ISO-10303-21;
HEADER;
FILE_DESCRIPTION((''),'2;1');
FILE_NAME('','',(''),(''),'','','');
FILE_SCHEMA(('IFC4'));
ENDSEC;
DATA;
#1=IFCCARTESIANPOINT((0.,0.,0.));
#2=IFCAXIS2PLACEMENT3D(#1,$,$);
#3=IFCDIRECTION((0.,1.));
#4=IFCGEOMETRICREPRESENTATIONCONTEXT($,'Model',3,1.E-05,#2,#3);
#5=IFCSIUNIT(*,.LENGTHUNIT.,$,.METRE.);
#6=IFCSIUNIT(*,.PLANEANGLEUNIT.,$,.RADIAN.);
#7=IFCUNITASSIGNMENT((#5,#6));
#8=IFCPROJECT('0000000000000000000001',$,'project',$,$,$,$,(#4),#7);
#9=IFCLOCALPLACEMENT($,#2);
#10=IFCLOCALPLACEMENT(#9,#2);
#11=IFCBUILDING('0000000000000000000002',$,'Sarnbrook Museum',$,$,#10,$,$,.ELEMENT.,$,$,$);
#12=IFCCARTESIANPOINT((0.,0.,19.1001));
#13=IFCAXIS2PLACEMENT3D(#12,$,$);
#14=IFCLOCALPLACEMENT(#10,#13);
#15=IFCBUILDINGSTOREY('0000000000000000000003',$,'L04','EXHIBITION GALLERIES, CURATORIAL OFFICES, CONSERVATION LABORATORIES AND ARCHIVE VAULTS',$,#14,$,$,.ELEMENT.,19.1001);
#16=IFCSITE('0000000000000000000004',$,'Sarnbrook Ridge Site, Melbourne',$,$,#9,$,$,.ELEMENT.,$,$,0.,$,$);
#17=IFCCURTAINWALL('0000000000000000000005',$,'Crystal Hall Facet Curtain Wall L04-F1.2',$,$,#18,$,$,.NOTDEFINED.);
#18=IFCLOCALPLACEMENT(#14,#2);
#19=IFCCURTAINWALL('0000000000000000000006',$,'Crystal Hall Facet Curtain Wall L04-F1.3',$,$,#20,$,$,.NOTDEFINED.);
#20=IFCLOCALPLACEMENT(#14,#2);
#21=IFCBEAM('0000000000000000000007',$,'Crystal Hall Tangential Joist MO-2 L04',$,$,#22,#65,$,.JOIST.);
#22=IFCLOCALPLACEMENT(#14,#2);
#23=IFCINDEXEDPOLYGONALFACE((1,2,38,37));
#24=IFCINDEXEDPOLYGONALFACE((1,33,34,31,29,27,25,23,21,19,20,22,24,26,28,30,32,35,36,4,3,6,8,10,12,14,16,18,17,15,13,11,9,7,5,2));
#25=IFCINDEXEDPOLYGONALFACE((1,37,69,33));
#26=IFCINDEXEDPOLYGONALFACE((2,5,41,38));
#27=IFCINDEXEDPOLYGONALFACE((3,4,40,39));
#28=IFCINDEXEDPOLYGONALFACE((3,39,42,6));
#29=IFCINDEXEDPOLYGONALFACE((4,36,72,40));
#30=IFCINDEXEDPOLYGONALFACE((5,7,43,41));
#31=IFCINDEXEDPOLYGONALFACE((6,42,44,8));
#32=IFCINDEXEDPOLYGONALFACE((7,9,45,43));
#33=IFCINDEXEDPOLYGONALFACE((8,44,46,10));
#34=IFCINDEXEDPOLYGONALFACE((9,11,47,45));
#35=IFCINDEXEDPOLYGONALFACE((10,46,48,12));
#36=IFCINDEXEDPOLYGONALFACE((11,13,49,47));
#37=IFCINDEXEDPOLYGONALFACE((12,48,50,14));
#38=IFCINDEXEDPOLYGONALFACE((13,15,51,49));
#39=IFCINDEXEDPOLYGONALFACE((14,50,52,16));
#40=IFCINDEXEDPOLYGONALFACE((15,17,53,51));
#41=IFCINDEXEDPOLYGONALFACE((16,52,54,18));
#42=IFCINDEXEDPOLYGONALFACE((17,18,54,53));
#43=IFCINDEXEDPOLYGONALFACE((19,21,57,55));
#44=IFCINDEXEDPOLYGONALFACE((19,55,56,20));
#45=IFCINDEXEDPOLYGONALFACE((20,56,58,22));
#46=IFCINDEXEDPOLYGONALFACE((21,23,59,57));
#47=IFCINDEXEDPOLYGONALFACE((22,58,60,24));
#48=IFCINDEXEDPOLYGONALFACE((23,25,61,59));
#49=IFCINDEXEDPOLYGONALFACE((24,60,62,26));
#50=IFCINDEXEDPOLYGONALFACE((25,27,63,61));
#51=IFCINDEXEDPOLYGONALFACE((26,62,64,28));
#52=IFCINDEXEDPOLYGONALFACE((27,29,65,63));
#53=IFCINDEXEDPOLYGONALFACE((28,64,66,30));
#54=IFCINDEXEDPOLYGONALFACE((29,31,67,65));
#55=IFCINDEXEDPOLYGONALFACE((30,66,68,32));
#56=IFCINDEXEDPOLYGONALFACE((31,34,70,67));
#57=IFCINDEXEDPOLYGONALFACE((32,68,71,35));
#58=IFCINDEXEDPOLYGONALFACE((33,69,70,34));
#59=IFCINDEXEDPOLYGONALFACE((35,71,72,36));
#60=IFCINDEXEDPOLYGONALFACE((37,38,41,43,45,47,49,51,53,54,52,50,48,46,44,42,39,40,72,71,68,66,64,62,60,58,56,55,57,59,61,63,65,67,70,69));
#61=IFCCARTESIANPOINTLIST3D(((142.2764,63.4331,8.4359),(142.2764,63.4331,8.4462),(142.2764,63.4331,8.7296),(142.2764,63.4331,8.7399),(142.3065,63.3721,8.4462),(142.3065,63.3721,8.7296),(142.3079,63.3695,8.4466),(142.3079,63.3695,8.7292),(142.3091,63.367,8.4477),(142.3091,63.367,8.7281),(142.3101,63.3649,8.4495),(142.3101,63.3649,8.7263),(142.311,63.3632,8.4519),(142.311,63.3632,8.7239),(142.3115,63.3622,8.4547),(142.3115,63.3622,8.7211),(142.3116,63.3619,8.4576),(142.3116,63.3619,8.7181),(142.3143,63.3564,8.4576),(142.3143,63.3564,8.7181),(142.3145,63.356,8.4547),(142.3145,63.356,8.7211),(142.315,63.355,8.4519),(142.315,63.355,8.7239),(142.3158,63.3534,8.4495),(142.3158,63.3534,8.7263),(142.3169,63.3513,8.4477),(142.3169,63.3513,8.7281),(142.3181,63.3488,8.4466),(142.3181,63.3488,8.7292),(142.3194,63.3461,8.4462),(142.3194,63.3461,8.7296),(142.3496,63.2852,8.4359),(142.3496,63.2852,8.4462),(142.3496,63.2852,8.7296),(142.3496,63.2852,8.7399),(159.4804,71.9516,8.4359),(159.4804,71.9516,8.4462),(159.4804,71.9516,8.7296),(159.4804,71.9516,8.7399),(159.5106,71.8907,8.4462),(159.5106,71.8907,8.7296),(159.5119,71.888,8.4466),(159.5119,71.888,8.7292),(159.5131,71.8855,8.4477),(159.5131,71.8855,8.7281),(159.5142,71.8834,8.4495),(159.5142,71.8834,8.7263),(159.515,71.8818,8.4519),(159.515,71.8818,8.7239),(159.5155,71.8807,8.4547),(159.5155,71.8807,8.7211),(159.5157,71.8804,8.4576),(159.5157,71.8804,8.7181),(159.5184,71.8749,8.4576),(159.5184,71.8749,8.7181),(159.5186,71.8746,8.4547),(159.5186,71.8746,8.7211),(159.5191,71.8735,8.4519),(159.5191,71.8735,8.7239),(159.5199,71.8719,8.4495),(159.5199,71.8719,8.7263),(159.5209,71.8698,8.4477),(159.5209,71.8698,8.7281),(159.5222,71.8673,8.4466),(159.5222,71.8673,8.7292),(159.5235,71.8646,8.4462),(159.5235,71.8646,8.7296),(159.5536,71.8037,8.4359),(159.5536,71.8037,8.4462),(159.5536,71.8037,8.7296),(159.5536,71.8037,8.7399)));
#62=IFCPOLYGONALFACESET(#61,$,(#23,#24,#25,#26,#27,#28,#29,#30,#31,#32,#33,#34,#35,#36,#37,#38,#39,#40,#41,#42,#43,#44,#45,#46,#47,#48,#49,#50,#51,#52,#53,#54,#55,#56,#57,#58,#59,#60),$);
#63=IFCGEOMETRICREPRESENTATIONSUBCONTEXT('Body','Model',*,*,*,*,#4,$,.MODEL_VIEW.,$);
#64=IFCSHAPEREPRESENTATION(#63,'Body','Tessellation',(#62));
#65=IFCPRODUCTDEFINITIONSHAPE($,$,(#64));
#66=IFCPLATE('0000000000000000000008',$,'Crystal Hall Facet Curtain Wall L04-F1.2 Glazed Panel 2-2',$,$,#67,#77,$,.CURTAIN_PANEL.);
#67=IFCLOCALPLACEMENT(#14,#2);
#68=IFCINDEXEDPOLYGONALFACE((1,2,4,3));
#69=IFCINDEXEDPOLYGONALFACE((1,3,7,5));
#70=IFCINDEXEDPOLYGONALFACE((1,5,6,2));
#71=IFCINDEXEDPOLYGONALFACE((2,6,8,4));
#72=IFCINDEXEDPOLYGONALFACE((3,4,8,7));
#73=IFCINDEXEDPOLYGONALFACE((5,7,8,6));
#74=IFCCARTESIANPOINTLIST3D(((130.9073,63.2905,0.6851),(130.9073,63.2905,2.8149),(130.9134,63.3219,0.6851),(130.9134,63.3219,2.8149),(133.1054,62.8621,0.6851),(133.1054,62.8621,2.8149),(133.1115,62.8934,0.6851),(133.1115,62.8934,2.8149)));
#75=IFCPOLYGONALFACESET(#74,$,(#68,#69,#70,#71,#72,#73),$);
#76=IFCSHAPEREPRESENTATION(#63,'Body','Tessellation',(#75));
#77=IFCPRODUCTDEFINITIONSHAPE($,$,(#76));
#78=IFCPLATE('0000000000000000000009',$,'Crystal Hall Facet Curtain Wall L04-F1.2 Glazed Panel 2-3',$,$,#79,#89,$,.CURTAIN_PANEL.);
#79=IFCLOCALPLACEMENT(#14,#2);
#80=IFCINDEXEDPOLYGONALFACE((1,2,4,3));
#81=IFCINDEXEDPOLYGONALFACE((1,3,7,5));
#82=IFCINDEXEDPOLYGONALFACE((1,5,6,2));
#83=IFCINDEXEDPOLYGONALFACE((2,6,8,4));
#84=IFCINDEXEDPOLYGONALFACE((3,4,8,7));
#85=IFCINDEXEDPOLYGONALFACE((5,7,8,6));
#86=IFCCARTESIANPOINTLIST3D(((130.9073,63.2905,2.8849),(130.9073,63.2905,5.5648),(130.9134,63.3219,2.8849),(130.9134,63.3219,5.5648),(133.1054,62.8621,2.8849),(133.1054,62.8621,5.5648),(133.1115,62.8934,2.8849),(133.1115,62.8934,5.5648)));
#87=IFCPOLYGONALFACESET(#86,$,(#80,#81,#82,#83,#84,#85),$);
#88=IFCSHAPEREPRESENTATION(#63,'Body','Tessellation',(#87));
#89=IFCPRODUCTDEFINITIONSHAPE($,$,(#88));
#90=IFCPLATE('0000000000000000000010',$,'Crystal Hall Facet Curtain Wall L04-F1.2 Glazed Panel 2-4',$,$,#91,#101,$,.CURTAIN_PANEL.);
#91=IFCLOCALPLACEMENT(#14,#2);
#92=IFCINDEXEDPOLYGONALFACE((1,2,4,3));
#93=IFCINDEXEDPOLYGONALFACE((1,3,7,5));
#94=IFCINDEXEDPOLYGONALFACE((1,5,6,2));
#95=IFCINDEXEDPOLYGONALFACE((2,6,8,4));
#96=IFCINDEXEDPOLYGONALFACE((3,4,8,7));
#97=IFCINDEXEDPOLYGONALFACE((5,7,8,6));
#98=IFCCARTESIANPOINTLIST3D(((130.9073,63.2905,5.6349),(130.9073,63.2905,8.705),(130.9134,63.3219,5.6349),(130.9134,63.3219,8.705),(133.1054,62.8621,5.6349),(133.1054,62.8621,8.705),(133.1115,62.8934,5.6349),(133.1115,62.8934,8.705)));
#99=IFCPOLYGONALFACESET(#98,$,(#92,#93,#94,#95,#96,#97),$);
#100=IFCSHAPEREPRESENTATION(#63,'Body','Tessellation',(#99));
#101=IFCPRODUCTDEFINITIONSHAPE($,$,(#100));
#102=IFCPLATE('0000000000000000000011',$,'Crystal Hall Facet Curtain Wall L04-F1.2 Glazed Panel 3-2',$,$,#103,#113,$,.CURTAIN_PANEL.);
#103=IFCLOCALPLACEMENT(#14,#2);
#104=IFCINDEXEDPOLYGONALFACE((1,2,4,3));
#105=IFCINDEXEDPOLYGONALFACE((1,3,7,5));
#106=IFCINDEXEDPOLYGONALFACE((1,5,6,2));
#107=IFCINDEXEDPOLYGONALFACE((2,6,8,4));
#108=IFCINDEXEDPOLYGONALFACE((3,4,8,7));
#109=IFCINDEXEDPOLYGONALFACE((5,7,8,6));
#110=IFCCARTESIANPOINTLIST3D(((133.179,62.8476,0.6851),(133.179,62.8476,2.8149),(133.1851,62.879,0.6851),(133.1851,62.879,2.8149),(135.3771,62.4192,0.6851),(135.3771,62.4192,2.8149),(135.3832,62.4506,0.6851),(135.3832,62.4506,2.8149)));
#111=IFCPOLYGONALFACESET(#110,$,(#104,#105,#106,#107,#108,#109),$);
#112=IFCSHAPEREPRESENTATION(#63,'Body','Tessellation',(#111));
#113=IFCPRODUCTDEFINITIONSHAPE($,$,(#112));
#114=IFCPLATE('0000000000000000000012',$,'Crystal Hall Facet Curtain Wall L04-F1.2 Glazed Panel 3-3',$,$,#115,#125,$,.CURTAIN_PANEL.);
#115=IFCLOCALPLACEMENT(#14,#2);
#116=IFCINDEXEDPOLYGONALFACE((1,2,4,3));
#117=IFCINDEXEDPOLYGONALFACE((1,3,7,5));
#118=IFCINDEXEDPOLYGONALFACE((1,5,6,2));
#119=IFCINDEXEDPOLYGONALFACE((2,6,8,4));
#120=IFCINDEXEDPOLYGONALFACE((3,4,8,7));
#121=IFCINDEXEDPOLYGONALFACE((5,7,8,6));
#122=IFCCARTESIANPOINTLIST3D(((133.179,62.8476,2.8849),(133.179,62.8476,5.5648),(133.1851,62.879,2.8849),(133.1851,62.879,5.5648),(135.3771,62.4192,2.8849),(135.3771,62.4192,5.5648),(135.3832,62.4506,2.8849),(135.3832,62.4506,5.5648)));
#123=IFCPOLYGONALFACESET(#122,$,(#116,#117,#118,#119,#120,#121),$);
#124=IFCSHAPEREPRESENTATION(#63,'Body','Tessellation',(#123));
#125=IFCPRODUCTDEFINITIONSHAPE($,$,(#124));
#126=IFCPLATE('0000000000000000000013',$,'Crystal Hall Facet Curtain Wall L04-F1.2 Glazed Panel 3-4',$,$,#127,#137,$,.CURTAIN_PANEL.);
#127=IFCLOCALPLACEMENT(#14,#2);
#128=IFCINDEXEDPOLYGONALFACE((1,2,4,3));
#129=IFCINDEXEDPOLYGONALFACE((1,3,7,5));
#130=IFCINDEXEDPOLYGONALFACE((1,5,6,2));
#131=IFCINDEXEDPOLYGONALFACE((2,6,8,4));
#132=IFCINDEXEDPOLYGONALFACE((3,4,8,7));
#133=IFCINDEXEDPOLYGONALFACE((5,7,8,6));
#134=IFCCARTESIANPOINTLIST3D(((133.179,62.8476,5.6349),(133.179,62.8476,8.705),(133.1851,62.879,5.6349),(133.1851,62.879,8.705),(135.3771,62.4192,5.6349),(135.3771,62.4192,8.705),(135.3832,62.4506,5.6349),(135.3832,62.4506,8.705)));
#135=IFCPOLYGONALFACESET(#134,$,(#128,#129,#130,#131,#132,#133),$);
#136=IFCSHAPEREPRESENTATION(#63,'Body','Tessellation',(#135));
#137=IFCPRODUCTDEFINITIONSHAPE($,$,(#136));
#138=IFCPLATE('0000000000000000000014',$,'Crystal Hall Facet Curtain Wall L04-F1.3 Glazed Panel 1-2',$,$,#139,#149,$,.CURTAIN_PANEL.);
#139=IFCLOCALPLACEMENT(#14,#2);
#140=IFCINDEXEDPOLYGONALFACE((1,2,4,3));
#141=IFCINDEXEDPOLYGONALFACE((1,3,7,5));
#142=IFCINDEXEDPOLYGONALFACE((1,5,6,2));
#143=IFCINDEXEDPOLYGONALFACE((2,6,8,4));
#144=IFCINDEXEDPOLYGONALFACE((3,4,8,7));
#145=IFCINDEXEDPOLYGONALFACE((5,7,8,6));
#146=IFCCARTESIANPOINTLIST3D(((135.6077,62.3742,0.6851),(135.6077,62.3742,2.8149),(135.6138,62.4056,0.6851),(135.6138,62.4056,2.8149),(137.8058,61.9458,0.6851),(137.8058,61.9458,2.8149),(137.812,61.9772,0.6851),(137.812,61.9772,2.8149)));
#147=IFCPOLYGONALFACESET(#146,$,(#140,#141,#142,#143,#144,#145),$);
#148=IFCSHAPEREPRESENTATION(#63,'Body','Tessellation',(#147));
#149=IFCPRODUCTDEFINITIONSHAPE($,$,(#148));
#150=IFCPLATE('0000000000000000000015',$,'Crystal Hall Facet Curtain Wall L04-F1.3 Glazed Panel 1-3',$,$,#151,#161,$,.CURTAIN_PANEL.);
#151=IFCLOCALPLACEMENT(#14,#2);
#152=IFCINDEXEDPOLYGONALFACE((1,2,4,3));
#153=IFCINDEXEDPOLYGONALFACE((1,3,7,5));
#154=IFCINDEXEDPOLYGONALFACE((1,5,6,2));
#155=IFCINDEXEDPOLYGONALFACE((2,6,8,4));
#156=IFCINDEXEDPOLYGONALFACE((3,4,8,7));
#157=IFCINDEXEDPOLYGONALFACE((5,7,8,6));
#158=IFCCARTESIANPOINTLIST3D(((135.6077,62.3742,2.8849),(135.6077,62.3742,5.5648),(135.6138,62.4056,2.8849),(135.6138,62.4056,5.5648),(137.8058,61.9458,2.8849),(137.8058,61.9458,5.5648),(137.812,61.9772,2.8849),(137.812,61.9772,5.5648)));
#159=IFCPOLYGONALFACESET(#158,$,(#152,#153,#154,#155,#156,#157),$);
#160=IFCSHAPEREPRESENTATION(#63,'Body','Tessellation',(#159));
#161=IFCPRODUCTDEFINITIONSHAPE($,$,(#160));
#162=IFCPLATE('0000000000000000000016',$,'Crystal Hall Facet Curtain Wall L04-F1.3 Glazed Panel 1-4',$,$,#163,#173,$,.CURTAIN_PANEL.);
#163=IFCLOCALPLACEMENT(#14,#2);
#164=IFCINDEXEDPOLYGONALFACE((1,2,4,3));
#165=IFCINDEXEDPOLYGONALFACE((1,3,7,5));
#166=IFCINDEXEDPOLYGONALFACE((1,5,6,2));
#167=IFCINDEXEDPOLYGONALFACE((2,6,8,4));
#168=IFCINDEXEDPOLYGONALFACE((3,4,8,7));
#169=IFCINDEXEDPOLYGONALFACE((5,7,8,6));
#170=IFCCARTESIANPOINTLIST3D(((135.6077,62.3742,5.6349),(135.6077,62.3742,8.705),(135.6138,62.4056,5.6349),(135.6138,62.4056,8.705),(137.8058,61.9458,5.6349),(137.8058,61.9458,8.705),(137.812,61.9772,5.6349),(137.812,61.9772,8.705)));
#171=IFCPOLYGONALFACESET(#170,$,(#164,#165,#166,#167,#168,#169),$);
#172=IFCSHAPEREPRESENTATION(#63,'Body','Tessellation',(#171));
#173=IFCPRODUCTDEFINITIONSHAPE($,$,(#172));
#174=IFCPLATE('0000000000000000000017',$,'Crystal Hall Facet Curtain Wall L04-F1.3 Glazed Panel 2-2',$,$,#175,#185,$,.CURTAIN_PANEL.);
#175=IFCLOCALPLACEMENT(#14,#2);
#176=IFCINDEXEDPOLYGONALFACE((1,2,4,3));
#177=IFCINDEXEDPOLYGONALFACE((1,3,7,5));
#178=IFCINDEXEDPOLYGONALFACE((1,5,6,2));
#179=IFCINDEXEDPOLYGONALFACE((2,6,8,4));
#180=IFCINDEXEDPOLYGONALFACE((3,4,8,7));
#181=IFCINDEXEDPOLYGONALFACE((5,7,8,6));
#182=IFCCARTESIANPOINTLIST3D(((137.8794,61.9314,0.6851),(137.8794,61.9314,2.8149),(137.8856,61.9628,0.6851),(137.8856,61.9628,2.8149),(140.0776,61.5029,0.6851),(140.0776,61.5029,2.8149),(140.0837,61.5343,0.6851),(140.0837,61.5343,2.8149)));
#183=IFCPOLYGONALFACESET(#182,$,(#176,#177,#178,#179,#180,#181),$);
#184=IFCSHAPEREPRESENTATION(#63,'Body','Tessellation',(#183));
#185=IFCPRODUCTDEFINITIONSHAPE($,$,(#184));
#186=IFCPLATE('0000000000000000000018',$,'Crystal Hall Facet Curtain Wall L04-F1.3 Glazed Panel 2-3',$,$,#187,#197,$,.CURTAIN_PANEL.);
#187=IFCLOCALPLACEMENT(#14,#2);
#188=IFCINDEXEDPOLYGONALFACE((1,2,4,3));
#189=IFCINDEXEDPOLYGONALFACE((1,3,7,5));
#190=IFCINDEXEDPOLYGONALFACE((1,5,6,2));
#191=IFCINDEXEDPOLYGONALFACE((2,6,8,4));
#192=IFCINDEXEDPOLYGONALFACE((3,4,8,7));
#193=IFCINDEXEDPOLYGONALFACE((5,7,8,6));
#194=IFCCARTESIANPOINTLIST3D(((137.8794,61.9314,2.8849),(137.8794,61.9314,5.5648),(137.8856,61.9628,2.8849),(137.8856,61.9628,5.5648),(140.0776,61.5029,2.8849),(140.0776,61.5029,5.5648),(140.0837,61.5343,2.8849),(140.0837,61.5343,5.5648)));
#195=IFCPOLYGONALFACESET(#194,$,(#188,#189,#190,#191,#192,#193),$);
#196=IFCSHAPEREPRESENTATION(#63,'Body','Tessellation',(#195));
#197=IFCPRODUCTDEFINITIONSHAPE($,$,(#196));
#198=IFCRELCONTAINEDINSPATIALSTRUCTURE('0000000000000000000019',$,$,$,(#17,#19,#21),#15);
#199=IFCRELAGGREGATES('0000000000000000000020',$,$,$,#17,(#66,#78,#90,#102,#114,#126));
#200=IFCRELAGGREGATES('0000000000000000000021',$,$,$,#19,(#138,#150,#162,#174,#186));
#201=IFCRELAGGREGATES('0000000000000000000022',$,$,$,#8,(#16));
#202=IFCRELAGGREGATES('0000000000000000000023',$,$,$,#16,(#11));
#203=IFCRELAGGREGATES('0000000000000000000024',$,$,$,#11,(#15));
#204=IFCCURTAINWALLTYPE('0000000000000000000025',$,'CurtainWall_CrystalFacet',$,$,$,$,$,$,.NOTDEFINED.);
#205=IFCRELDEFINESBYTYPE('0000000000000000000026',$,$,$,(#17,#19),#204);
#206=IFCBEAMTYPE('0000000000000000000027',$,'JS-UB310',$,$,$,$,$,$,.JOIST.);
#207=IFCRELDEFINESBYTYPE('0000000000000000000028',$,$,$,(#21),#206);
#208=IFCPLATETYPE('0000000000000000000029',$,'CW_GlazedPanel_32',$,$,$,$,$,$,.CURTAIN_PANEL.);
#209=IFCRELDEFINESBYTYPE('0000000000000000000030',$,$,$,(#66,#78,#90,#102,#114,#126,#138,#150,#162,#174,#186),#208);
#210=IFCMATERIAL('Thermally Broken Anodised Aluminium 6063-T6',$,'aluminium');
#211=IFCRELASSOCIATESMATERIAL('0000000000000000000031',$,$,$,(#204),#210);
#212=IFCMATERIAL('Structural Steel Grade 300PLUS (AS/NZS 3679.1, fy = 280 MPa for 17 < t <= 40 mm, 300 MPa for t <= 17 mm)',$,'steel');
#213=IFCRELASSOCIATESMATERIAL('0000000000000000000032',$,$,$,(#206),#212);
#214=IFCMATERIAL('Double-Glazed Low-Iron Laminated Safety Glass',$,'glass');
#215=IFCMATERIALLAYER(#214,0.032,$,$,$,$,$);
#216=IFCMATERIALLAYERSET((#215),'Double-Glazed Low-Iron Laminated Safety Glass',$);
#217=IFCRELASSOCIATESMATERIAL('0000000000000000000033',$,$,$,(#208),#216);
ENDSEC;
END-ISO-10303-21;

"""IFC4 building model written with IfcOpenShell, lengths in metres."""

from ifc_helpers import new_model, si_unit, direction, frame, origin, origin_2d, place, context, subcontext, project, spatial, rectangle, i_section, extrude, material, layer, layer_set, material_profile, profile_set, type_object, element, aggregate, save


model = new_model("IFC4")

# Units and contexts
model_context = context("Model", 3, precision=1e-05, world=origin(), true_north=direction((0.0, 1.0)))
body_context = subcontext(model_context, "Body", "Model", "MODEL_VIEW")
ifc_project = project(units=[si_unit("LENGTHUNIT", "METRE"), si_unit("PLANEANGLEUNIT", "RADIAN")], contexts=[model_context])

# Site, building, storey
site_placement = place(None, origin())
site = spatial("IfcSite", under=ifc_project, at=site_placement, Name="Sarnbrook Ridge Site, Melbourne", CompositionType="ELEMENT", RefElevation=0.0)
building_placement = place(site_placement, origin())
building = spatial("IfcBuilding", under=site, at=building_placement, Name="Sarnbrook Museum", CompositionType="ELEMENT")
storey_placement = place(building_placement, frame((0.0, 0.0, 19.1001)))
storey = spatial("IfcBuildingStorey", under=building, at=storey_placement, Name="L04", Description="EXHIBITION GALLERIES, CURATORIAL OFFICES, CONSERVATION LABORATORIES AND ARCHIVE VAULTS", CompositionType="ELEMENT", Elevation=19.1001)

# Curtain walls
ifc_material_1 = material(Name="Thermally Broken Anodised Aluminium 6063-T6", Category="aluminium")
curtain_wall_type = type_object("IfcCurtainWallType", Name="CurtainWall_CrystalFacet", PredefinedType="NOTDEFINED", material=ifc_material_1)
curtain_wall_1_placement = place(storey_placement, origin())
curtain_wall_1 = element("IfcCurtainWall", 1, at=curtain_wall_1_placement, inside=storey, type_object=curtain_wall_type, Name="Crystal Hall Facet Curtain Wall L04-F1.2", PredefinedType="NOTDEFINED")
curtain_wall_2_placement = place(storey_placement, origin())
curtain_wall_2 = element("IfcCurtainWall", 2, at=curtain_wall_2_placement, inside=storey, type_object=curtain_wall_type, Name="Crystal Hall Facet Curtain Wall L04-F1.3", PredefinedType="NOTDEFINED")

# Beam
ifc_material_2 = material(Name="Structural Steel Grade 300PLUS (AS/NZS 3679.1, fy = 280 MPa for 17 < t <= 40 mm, 300 MPa for t <= 17 mm)", Category="steel")
ifc_material_profile_1 = material_profile(ifc_material_2, i_section(OverallWidth=0.165, OverallDepth=0.304, WebThickness=0.0061, FlangeThickness=0.0103, FilletRadius=0.0115, at=origin_2d()), Name="310UB40.4")
ifc_profile_set_1 = profile_set([ifc_material_profile_1], Name="Structural Steel Grade 300PLUS (AS/NZS 3679.1, fy = 280 MPa for 17 < t <= 40 mm, 300 MPa for t <= 17 mm)")
beam_type = type_object("IfcBeamType", Name="JS-UB310", PredefinedType="JOIST", material=ifc_profile_set_1)
beam_placement = place(storey_placement, frame((142.313, 63.3591, 8.5879), z_axis=(0.89616, 0.443731, 0.0), x_axis=(-0.443731, 0.89616, 0.0)))
element("IfcBeam", 3, at=beam_placement, inside=storey, type_object=beam_type, Name="Crystal Hall Tangential Joist MO-2 L04", PredefinedType="JOIST", context=body_context, shape_type="SweptSolid", body=[
    extrude(i_section(OverallWidth=0.165, OverallDepth=0.304, WebThickness=0.0061, FlangeThickness=0.0103, FilletRadius=0.0115, at=origin_2d()), origin(), (0.0, 0.0, 1.0), 19.1975),
])

# Plates
ifc_material_3 = material(Name="Double-Glazed Low-Iron Laminated Safety Glass", Category="glass")
ifc_layer_1 = layer(ifc_material_3, 0.032)
ifc_layer_set_1 = layer_set([ifc_layer_1], Name="Double-Glazed Low-Iron Laminated Safety Glass")
plate_type_1 = type_object("IfcPlateType", Name="CW_GlazedPanel_32", PredefinedType="CURTAIN_PANEL", material=ifc_layer_set_1)
plate_1_placement = place(storey_placement, frame((132.0125, 63.1077, 1.75), z_axis=(-0.191313, -0.981529, 0.0), x_axis=(0.981529, -0.191313, 0.0)))
plate_1 = element("IfcPlate", 4, at=plate_1_placement, type_object=plate_type_1, Name="Crystal Hall Facet Curtain Wall L04-F1.2 Glazed Panel 2-2", PredefinedType="CURTAIN_PANEL", context=body_context, shape_type="SweptSolid", body=[
    extrude(rectangle(XDim=2.2395, YDim=2.1299, at=origin_2d()), origin(), (0.0, 0.0, 1.0), 0.032),
])
plate_2_placement = place(storey_placement, frame((132.0125, 63.1077, 4.2249), z_axis=(-0.191313, -0.981529, 0.0), x_axis=(0.981529, -0.191313, 0.0)))
plate_2 = element("IfcPlate", 5, at=plate_2_placement, type_object=plate_type_1, Name="Crystal Hall Facet Curtain Wall L04-F1.2 Glazed Panel 2-3", PredefinedType="CURTAIN_PANEL", context=body_context, shape_type="SweptSolid", body=[
    extrude(rectangle(XDim=2.2395, YDim=2.6799, at=origin_2d()), origin(), (0.0, 0.0, 1.0), 0.032),
])
plate_3_placement = place(storey_placement, frame((132.0125, 63.1077, 7.1699), z_axis=(-0.191313, -0.981529, 0.0), x_axis=(0.981529, -0.191313, 0.0)))
plate_3 = element("IfcPlate", 6, at=plate_3_placement, type_object=plate_type_1, Name="Crystal Hall Facet Curtain Wall L04-F1.2 Glazed Panel 2-4", PredefinedType="CURTAIN_PANEL", context=body_context, shape_type="SweptSolid", body=[
    extrude(rectangle(XDim=2.2395, YDim=3.0701, at=origin_2d()), origin(), (0.0, 0.0, 1.0), 0.032),
])
plate_4_placement = place(storey_placement, frame((134.2842, 62.6648, 1.75), z_axis=(-0.191313, -0.981529, 0.0), x_axis=(0.981529, -0.191313, 0.0)))
plate_4 = element("IfcPlate", 7, at=plate_4_placement, type_object=plate_type_1, Name="Crystal Hall Facet Curtain Wall L04-F1.2 Glazed Panel 3-2", PredefinedType="CURTAIN_PANEL", context=body_context, shape_type="SweptSolid", body=[
    extrude(rectangle(XDim=2.2395, YDim=2.1299, at=origin_2d()), origin(), (0.0, 0.0, 1.0), 0.032),
])
plate_5_placement = place(storey_placement, frame((134.2842, 62.6648, 4.2249), z_axis=(-0.191313, -0.981529, 0.0), x_axis=(0.981529, -0.191313, 0.0)))
plate_5 = element("IfcPlate", 8, at=plate_5_placement, type_object=plate_type_1, Name="Crystal Hall Facet Curtain Wall L04-F1.2 Glazed Panel 3-3", PredefinedType="CURTAIN_PANEL", context=body_context, shape_type="SweptSolid", body=[
    extrude(rectangle(XDim=2.2395, YDim=2.6799, at=origin_2d()), origin(), (0.0, 0.0, 1.0), 0.032),
])
plate_6_placement = place(storey_placement, frame((134.2842, 62.6648, 7.1699), z_axis=(-0.191313, -0.981529, 0.0), x_axis=(0.981529, -0.191313, 0.0)))
plate_6 = element("IfcPlate", 9, at=plate_6_placement, type_object=plate_type_1, Name="Crystal Hall Facet Curtain Wall L04-F1.2 Glazed Panel 3-4", PredefinedType="CURTAIN_PANEL", context=body_context, shape_type="SweptSolid", body=[
    extrude(rectangle(XDim=2.2395, YDim=3.0701, at=origin_2d()), origin(), (0.0, 0.0, 1.0), 0.032),
])
plate_7_placement = place(storey_placement, frame((136.7129, 62.1914, 1.75), z_axis=(-0.191313, -0.981529, 0.0), x_axis=(0.981529, -0.191313, 0.0)))
plate_7 = element("IfcPlate", 10, at=plate_7_placement, type_object=plate_type_1, Name="Crystal Hall Facet Curtain Wall L04-F1.3 Glazed Panel 1-2", PredefinedType="CURTAIN_PANEL", context=body_context, shape_type="SweptSolid", body=[
    extrude(rectangle(XDim=2.2395, YDim=2.1299, at=origin_2d()), origin(), (0.0, 0.0, 1.0), 0.032),
])
plate_8_placement = place(storey_placement, frame((136.7129, 62.1914, 4.2249), z_axis=(-0.191313, -0.981529, 0.0), x_axis=(0.981529, -0.191313, 0.0)))
plate_8 = element("IfcPlate", 11, at=plate_8_placement, type_object=plate_type_1, Name="Crystal Hall Facet Curtain Wall L04-F1.3 Glazed Panel 1-3", PredefinedType="CURTAIN_PANEL", context=body_context, shape_type="SweptSolid", body=[
    extrude(rectangle(XDim=2.2395, YDim=2.6799, at=origin_2d()), origin(), (0.0, 0.0, 1.0), 0.032),
])
plate_9_placement = place(storey_placement, frame((136.7129, 62.1914, 7.1699), z_axis=(-0.191313, -0.981529, 0.0), x_axis=(0.981529, -0.191313, 0.0)))
plate_9 = element("IfcPlate", 12, at=plate_9_placement, type_object=plate_type_1, Name="Crystal Hall Facet Curtain Wall L04-F1.3 Glazed Panel 1-4", PredefinedType="CURTAIN_PANEL", context=body_context, shape_type="SweptSolid", body=[
    extrude(rectangle(XDim=2.2395, YDim=3.0701, at=origin_2d()), origin(), (0.0, 0.0, 1.0), 0.032),
])
plate_10_placement = place(storey_placement, frame((138.9846, 61.7485, 1.75), z_axis=(-0.191313, -0.981529, 0.0), x_axis=(0.981529, -0.191313, 0.0)))
plate_10 = element("IfcPlate", 13, at=plate_10_placement, type_object=plate_type_1, Name="Crystal Hall Facet Curtain Wall L04-F1.3 Glazed Panel 2-2", PredefinedType="CURTAIN_PANEL", context=body_context, shape_type="SweptSolid", body=[
    extrude(rectangle(XDim=2.2395, YDim=2.1299, at=origin_2d()), origin(), (0.0, 0.0, 1.0), 0.032),
])
plate_11_placement = place(storey_placement, frame((138.9846, 61.7485, 4.2249), z_axis=(-0.191313, -0.981529, 0.0), x_axis=(0.981529, -0.191313, 0.0)))
plate_11 = element("IfcPlate", 14, at=plate_11_placement, type_object=plate_type_1, Name="Crystal Hall Facet Curtain Wall L04-F1.3 Glazed Panel 2-3", PredefinedType="CURTAIN_PANEL", context=body_context, shape_type="SweptSolid", body=[
    extrude(rectangle(XDim=2.2395, YDim=2.6799, at=origin_2d()), origin(), (0.0, 0.0, 1.0), 0.032),
])
aggregate(curtain_wall_1, [plate_1, plate_2, plate_3, plate_4, plate_5, plate_6])
aggregate(curtain_wall_2, [plate_7, plate_8, plate_9, plate_10, plate_11])

save(model, "model.ifc")
